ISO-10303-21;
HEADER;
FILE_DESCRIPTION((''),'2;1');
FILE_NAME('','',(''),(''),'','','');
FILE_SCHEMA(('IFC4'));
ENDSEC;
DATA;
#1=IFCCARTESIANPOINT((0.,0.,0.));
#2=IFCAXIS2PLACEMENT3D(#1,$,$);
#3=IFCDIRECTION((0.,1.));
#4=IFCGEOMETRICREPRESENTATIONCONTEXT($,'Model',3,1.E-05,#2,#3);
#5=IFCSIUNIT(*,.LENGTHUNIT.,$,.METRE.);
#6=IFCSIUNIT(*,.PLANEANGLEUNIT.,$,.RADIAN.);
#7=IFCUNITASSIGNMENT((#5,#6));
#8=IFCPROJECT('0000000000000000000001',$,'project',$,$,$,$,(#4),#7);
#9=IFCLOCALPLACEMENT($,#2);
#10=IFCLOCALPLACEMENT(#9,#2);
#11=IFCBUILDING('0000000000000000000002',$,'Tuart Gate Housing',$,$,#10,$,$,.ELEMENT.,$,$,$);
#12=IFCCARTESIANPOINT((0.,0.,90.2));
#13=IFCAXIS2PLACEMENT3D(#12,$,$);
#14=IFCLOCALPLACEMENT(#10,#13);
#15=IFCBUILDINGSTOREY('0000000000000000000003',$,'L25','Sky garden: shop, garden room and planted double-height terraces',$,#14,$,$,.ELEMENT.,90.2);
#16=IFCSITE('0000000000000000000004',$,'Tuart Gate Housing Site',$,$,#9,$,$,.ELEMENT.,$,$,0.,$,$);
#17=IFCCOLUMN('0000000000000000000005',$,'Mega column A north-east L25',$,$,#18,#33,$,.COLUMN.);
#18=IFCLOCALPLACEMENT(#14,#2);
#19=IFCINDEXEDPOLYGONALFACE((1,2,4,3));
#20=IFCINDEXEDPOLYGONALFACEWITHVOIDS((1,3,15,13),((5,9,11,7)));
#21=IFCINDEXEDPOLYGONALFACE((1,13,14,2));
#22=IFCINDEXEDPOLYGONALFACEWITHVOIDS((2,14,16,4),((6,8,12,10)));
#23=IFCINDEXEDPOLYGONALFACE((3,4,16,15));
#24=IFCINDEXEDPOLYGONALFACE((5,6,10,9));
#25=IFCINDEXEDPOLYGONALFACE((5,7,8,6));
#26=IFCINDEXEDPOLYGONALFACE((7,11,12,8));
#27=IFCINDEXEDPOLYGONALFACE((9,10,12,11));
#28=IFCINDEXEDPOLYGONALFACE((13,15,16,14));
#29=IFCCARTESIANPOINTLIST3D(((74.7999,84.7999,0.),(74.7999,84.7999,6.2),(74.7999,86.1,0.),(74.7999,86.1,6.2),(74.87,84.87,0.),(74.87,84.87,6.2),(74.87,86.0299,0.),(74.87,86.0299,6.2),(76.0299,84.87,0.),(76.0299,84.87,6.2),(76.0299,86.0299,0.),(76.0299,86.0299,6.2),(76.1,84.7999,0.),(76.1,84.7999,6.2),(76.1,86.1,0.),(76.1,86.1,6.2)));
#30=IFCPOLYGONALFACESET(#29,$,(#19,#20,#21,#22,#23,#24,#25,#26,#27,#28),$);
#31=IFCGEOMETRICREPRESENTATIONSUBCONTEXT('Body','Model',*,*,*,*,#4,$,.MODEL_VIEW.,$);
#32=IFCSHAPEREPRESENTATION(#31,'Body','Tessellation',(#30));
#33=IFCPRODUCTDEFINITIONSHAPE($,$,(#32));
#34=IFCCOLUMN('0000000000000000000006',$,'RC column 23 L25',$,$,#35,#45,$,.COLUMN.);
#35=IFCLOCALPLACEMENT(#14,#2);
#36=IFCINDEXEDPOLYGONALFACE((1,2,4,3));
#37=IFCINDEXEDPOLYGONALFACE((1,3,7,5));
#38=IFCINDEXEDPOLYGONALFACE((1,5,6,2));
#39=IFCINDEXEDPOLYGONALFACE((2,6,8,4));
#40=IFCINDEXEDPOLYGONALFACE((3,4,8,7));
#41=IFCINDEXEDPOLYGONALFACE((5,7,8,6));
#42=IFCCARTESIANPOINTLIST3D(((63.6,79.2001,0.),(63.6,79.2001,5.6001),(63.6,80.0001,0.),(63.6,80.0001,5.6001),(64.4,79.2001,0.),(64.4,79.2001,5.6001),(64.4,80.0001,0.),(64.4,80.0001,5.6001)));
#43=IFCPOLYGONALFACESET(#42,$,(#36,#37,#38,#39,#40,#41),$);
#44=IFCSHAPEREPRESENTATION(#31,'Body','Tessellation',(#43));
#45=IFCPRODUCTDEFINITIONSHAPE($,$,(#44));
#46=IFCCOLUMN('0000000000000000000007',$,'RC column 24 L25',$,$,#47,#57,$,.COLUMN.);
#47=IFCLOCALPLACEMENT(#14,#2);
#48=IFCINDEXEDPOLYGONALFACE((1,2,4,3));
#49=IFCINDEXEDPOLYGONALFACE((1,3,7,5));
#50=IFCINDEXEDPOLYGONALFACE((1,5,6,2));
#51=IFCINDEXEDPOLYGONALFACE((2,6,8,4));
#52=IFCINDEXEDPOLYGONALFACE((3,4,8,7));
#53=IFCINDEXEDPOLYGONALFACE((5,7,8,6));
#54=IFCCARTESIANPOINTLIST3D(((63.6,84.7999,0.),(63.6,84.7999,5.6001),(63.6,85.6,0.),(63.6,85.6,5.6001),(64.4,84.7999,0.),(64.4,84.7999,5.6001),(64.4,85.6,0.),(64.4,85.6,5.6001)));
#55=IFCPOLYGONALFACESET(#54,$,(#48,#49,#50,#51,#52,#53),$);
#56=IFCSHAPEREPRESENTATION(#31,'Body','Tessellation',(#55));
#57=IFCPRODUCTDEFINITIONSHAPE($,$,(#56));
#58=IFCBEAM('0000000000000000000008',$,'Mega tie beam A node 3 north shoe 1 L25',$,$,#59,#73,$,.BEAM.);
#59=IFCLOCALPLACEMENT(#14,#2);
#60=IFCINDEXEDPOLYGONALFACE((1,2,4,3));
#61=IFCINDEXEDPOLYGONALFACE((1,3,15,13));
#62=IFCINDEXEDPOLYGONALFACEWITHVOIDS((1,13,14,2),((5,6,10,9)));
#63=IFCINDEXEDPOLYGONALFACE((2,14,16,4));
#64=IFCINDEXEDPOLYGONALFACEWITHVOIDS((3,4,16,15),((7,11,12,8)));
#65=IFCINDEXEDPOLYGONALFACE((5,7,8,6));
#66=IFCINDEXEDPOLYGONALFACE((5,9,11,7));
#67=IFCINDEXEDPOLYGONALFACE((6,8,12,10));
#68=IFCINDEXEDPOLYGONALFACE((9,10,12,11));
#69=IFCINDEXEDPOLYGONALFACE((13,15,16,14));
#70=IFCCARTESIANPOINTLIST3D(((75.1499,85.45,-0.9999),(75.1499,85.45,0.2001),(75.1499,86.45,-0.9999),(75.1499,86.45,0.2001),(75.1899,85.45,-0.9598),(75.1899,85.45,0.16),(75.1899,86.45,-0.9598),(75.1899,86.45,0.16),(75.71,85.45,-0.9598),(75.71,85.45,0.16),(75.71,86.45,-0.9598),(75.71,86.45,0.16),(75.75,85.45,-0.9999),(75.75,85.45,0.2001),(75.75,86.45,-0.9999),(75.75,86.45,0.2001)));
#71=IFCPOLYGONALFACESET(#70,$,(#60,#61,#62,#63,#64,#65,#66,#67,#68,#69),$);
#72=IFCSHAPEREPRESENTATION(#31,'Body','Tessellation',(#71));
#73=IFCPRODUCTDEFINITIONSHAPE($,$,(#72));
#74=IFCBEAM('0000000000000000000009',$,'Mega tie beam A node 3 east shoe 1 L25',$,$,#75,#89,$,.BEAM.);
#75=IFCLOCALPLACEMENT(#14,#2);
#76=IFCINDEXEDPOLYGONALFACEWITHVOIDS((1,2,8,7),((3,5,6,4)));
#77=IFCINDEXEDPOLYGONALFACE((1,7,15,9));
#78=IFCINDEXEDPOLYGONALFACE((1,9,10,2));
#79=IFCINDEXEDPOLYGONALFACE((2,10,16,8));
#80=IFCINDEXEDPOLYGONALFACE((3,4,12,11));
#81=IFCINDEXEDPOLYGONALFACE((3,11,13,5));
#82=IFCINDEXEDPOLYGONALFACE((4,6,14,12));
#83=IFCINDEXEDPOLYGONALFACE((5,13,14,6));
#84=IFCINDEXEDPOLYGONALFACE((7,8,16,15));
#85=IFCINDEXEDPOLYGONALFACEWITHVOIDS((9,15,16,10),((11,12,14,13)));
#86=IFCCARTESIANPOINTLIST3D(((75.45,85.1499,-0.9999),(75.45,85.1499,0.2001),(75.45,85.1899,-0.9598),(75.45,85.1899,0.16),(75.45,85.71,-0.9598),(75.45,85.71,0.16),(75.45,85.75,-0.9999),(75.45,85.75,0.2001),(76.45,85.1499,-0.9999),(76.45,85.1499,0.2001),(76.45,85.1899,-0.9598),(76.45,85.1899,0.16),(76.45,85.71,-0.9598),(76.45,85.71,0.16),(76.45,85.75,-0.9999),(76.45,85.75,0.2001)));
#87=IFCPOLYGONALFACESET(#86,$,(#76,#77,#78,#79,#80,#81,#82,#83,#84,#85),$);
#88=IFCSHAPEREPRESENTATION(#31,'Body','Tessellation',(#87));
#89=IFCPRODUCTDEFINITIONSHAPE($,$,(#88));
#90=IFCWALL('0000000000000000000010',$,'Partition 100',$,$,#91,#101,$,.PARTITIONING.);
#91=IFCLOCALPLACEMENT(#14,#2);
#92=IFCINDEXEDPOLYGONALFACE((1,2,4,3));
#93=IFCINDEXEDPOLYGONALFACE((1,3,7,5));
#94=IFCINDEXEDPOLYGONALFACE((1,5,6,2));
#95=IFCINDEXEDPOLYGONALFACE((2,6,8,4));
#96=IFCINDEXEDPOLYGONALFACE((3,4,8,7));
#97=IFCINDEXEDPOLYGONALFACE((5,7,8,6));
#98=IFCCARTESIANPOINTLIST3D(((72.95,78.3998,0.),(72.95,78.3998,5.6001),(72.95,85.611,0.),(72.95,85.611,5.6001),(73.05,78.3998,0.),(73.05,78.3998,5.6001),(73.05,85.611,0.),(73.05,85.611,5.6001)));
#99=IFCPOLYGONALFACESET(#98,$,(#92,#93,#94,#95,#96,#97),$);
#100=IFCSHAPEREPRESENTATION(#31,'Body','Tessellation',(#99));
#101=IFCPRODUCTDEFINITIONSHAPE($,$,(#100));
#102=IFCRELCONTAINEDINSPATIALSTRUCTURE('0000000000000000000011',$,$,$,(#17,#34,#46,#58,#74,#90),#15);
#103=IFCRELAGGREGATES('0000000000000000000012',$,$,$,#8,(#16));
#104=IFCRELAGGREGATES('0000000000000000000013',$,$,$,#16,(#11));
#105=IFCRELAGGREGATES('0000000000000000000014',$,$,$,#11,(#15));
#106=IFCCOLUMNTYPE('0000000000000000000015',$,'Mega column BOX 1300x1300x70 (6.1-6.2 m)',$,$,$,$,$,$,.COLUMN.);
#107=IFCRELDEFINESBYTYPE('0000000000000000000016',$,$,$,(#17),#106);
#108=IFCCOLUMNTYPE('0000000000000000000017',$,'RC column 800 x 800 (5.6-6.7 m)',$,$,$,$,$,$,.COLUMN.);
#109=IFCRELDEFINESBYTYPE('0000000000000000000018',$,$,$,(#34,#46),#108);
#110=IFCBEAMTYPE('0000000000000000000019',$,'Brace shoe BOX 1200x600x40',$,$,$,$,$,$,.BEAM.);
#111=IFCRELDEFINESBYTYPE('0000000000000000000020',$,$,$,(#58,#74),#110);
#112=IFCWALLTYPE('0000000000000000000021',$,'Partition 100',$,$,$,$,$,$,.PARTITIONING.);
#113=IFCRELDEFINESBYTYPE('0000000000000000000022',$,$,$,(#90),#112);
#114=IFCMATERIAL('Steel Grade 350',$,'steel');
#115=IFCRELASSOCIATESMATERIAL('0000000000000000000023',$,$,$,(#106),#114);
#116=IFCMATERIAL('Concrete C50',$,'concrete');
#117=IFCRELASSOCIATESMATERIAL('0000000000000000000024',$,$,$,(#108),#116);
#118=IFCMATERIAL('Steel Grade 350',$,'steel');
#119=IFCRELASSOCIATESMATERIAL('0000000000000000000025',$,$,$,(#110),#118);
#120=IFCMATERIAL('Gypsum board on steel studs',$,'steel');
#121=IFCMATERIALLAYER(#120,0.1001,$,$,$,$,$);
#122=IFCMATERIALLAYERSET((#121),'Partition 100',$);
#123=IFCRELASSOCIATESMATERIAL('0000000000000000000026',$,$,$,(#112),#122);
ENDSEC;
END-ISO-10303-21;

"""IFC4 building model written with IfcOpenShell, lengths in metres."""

from ifc_helpers import new_model, si_unit, direction, frame, frame_2d, origin, origin_2d, place, context, subcontext, project, spatial, rectangle, hollow_rectangle, extrude, material, layer, layer_set, material_profile, profile_set, type_object, element, save


model = new_model("IFC4")

# Units and contexts
model_context = context("Model", 3, precision=1e-05, world=origin(), true_north=direction((0.0, 1.0)))
body_context = subcontext(model_context, "Body", "Model", "MODEL_VIEW")
ifc_project = project(units=[si_unit("LENGTHUNIT", "METRE"), si_unit("PLANEANGLEUNIT", "RADIAN")], contexts=[model_context])

# Site, building, storey
site_placement = place(None, origin())
site = spatial("IfcSite", under=ifc_project, at=site_placement, Name="Tuart Gate Housing Site", CompositionType="ELEMENT", RefElevation=0.0)
building_placement = place(site_placement, origin())
building = spatial("IfcBuilding", under=site, at=building_placement, Name="Tuart Gate Housing", CompositionType="ELEMENT")
storey_placement = place(building_placement, frame((0.0, 0.0, 90.2)))
storey = spatial("IfcBuildingStorey", under=building, at=storey_placement, Name="L25", Description="Sky garden: shop, garden room and planted double-height terraces", CompositionType="ELEMENT", Elevation=90.2)

# Columns
ifc_material_1 = material(Name="Steel Grade 350", Category="steel")
ifc_material_profile_1 = material_profile(ifc_material_1, hollow_rectangle(XDim=1.3, YDim=1.3, WallThickness=0.0701, at=origin_2d()), Name="BOX 1300x1300x70")
ifc_profile_set_1 = profile_set([ifc_material_profile_1], Name="Steel Grade 350")
column_type_1 = type_object("IfcColumnType", Name="Mega column BOX 1300x1300x70 (6.1-6.2 m)", PredefinedType="COLUMN", material=ifc_profile_set_1)
column_placement = place(storey_placement, frame((75.45, 85.45, 0.0), z_axis=(0.0, 0.0, 1.0), x_axis=(1.0, 0.0, 0.0)))
element("IfcColumn", 1, at=column_placement, inside=storey, type_object=column_type_1, Name="Mega column A north-east L25", PredefinedType="COLUMN", context=body_context, shape_type="SweptSolid", body=[
    extrude(hollow_rectangle(XDim=1.3, YDim=1.3, WallThickness=0.0701, at=origin_2d()), origin(), (0.0, 0.0, 1.0), 6.2),
])
ifc_material_2 = material(Name="Concrete C50", Category="concrete")
ifc_material_profile_2 = material_profile(ifc_material_2, rectangle(XDim=0.8, YDim=0.8, at=origin_2d()), Name="RC column 800 x 800 (5.6-6.7 m)")
ifc_profile_set_2 = profile_set([ifc_material_profile_2], Name="Concrete C50")
column_type_2 = type_object("IfcColumnType", Name="RC column 800 x 800 (5.6-6.7 m)", PredefinedType="COLUMN", material=ifc_profile_set_2)
for number, where, z_axis, x_axis, name in (
    (2, (64.0, 79.6001, 0.0), (0.0, 0.0, 1.0), (1.0, 0.0, 0.0), "RC column 23 L25"),
    (3, (64.0, 85.2, 0.0), (0.0, 0.0, 1.0), (1.0, 0.0, 0.0), "RC column 24 L25"),
):
    element("IfcColumn", number, at=place(storey_placement, frame(where, z_axis=z_axis, x_axis=x_axis)), inside=storey, type_object=column_type_2, Name=name, PredefinedType="COLUMN", context=body_context, shape_type="SweptSolid", body=[
        extrude(rectangle(XDim=0.8, YDim=0.8, at=origin_2d()), origin(), (0.0, 0.0, 1.0), 5.6001),
    ])

# Beams
ifc_material_3 = material(Name="Steel Grade 350", Category="steel")
ifc_material_profile_3 = material_profile(ifc_material_3, hollow_rectangle(XDim=0.6001, YDim=1.2, WallThickness=0.04, at=origin_2d()), Name="BOX 1200x600x40")
ifc_profile_set_3 = profile_set([ifc_material_profile_3], Name="Steel Grade 350")
beam_type = type_object("IfcBeamType", Name="Brace shoe BOX 1200x600x40", PredefinedType="BEAM", material=ifc_profile_set_3)
for number, where, z_axis, x_axis, name in (
    (4, (75.45, 85.45, -0.3999), (0.0, 1.0, 0.0), (-1.0, 0.0, 0.0), "Mega tie beam A node 3 north shoe 1 L25"),
    (5, (75.45, 85.45, -0.3999), (1.0, 0.0, 0.0), (0.0, 1.0, 0.0), "Mega tie beam A node 3 east shoe 1 L25"),
):
    element("IfcBeam", number, at=place(storey_placement, frame(where, z_axis=z_axis, x_axis=x_axis)), inside=storey, type_object=beam_type, Name=name, PredefinedType="BEAM", context=body_context, shape_type="SweptSolid", body=[
        extrude(hollow_rectangle(XDim=0.6001, YDim=1.2, WallThickness=0.04, at=origin_2d()), origin(), (0.0, 0.0, 1.0), 1.0),
    ])

# Wall
ifc_material_4 = material(Name="Gypsum board on steel studs", Category="steel")
ifc_layer_1 = layer(ifc_material_4, 0.1001)
ifc_layer_set_1 = layer_set([ifc_layer_1], Name="Partition 100")
wall_type_1 = type_object("IfcWallType", Name="Partition 100", PredefinedType="PARTITIONING", material=ifc_layer_set_1)
wall_1_placement = place(storey_placement, frame((73.0, 78.3999, 0.0), z_axis=(0.0, 0.0, 1.0), x_axis=(0.0, 1.0, 0.0)))
element("IfcWall", 6, at=wall_1_placement, inside=storey, type_object=wall_type_1, Name="Partition 100", PredefinedType="PARTITIONING", context=body_context, shape_type="SweptSolid", body=[
    extrude(rectangle(XDim=7.2112, YDim=0.1001, at=frame_2d((3.6055, 0.0))), origin(), (0.0, 0.0, 1.0), 5.6001),
])

save(model, "model.ifc")
